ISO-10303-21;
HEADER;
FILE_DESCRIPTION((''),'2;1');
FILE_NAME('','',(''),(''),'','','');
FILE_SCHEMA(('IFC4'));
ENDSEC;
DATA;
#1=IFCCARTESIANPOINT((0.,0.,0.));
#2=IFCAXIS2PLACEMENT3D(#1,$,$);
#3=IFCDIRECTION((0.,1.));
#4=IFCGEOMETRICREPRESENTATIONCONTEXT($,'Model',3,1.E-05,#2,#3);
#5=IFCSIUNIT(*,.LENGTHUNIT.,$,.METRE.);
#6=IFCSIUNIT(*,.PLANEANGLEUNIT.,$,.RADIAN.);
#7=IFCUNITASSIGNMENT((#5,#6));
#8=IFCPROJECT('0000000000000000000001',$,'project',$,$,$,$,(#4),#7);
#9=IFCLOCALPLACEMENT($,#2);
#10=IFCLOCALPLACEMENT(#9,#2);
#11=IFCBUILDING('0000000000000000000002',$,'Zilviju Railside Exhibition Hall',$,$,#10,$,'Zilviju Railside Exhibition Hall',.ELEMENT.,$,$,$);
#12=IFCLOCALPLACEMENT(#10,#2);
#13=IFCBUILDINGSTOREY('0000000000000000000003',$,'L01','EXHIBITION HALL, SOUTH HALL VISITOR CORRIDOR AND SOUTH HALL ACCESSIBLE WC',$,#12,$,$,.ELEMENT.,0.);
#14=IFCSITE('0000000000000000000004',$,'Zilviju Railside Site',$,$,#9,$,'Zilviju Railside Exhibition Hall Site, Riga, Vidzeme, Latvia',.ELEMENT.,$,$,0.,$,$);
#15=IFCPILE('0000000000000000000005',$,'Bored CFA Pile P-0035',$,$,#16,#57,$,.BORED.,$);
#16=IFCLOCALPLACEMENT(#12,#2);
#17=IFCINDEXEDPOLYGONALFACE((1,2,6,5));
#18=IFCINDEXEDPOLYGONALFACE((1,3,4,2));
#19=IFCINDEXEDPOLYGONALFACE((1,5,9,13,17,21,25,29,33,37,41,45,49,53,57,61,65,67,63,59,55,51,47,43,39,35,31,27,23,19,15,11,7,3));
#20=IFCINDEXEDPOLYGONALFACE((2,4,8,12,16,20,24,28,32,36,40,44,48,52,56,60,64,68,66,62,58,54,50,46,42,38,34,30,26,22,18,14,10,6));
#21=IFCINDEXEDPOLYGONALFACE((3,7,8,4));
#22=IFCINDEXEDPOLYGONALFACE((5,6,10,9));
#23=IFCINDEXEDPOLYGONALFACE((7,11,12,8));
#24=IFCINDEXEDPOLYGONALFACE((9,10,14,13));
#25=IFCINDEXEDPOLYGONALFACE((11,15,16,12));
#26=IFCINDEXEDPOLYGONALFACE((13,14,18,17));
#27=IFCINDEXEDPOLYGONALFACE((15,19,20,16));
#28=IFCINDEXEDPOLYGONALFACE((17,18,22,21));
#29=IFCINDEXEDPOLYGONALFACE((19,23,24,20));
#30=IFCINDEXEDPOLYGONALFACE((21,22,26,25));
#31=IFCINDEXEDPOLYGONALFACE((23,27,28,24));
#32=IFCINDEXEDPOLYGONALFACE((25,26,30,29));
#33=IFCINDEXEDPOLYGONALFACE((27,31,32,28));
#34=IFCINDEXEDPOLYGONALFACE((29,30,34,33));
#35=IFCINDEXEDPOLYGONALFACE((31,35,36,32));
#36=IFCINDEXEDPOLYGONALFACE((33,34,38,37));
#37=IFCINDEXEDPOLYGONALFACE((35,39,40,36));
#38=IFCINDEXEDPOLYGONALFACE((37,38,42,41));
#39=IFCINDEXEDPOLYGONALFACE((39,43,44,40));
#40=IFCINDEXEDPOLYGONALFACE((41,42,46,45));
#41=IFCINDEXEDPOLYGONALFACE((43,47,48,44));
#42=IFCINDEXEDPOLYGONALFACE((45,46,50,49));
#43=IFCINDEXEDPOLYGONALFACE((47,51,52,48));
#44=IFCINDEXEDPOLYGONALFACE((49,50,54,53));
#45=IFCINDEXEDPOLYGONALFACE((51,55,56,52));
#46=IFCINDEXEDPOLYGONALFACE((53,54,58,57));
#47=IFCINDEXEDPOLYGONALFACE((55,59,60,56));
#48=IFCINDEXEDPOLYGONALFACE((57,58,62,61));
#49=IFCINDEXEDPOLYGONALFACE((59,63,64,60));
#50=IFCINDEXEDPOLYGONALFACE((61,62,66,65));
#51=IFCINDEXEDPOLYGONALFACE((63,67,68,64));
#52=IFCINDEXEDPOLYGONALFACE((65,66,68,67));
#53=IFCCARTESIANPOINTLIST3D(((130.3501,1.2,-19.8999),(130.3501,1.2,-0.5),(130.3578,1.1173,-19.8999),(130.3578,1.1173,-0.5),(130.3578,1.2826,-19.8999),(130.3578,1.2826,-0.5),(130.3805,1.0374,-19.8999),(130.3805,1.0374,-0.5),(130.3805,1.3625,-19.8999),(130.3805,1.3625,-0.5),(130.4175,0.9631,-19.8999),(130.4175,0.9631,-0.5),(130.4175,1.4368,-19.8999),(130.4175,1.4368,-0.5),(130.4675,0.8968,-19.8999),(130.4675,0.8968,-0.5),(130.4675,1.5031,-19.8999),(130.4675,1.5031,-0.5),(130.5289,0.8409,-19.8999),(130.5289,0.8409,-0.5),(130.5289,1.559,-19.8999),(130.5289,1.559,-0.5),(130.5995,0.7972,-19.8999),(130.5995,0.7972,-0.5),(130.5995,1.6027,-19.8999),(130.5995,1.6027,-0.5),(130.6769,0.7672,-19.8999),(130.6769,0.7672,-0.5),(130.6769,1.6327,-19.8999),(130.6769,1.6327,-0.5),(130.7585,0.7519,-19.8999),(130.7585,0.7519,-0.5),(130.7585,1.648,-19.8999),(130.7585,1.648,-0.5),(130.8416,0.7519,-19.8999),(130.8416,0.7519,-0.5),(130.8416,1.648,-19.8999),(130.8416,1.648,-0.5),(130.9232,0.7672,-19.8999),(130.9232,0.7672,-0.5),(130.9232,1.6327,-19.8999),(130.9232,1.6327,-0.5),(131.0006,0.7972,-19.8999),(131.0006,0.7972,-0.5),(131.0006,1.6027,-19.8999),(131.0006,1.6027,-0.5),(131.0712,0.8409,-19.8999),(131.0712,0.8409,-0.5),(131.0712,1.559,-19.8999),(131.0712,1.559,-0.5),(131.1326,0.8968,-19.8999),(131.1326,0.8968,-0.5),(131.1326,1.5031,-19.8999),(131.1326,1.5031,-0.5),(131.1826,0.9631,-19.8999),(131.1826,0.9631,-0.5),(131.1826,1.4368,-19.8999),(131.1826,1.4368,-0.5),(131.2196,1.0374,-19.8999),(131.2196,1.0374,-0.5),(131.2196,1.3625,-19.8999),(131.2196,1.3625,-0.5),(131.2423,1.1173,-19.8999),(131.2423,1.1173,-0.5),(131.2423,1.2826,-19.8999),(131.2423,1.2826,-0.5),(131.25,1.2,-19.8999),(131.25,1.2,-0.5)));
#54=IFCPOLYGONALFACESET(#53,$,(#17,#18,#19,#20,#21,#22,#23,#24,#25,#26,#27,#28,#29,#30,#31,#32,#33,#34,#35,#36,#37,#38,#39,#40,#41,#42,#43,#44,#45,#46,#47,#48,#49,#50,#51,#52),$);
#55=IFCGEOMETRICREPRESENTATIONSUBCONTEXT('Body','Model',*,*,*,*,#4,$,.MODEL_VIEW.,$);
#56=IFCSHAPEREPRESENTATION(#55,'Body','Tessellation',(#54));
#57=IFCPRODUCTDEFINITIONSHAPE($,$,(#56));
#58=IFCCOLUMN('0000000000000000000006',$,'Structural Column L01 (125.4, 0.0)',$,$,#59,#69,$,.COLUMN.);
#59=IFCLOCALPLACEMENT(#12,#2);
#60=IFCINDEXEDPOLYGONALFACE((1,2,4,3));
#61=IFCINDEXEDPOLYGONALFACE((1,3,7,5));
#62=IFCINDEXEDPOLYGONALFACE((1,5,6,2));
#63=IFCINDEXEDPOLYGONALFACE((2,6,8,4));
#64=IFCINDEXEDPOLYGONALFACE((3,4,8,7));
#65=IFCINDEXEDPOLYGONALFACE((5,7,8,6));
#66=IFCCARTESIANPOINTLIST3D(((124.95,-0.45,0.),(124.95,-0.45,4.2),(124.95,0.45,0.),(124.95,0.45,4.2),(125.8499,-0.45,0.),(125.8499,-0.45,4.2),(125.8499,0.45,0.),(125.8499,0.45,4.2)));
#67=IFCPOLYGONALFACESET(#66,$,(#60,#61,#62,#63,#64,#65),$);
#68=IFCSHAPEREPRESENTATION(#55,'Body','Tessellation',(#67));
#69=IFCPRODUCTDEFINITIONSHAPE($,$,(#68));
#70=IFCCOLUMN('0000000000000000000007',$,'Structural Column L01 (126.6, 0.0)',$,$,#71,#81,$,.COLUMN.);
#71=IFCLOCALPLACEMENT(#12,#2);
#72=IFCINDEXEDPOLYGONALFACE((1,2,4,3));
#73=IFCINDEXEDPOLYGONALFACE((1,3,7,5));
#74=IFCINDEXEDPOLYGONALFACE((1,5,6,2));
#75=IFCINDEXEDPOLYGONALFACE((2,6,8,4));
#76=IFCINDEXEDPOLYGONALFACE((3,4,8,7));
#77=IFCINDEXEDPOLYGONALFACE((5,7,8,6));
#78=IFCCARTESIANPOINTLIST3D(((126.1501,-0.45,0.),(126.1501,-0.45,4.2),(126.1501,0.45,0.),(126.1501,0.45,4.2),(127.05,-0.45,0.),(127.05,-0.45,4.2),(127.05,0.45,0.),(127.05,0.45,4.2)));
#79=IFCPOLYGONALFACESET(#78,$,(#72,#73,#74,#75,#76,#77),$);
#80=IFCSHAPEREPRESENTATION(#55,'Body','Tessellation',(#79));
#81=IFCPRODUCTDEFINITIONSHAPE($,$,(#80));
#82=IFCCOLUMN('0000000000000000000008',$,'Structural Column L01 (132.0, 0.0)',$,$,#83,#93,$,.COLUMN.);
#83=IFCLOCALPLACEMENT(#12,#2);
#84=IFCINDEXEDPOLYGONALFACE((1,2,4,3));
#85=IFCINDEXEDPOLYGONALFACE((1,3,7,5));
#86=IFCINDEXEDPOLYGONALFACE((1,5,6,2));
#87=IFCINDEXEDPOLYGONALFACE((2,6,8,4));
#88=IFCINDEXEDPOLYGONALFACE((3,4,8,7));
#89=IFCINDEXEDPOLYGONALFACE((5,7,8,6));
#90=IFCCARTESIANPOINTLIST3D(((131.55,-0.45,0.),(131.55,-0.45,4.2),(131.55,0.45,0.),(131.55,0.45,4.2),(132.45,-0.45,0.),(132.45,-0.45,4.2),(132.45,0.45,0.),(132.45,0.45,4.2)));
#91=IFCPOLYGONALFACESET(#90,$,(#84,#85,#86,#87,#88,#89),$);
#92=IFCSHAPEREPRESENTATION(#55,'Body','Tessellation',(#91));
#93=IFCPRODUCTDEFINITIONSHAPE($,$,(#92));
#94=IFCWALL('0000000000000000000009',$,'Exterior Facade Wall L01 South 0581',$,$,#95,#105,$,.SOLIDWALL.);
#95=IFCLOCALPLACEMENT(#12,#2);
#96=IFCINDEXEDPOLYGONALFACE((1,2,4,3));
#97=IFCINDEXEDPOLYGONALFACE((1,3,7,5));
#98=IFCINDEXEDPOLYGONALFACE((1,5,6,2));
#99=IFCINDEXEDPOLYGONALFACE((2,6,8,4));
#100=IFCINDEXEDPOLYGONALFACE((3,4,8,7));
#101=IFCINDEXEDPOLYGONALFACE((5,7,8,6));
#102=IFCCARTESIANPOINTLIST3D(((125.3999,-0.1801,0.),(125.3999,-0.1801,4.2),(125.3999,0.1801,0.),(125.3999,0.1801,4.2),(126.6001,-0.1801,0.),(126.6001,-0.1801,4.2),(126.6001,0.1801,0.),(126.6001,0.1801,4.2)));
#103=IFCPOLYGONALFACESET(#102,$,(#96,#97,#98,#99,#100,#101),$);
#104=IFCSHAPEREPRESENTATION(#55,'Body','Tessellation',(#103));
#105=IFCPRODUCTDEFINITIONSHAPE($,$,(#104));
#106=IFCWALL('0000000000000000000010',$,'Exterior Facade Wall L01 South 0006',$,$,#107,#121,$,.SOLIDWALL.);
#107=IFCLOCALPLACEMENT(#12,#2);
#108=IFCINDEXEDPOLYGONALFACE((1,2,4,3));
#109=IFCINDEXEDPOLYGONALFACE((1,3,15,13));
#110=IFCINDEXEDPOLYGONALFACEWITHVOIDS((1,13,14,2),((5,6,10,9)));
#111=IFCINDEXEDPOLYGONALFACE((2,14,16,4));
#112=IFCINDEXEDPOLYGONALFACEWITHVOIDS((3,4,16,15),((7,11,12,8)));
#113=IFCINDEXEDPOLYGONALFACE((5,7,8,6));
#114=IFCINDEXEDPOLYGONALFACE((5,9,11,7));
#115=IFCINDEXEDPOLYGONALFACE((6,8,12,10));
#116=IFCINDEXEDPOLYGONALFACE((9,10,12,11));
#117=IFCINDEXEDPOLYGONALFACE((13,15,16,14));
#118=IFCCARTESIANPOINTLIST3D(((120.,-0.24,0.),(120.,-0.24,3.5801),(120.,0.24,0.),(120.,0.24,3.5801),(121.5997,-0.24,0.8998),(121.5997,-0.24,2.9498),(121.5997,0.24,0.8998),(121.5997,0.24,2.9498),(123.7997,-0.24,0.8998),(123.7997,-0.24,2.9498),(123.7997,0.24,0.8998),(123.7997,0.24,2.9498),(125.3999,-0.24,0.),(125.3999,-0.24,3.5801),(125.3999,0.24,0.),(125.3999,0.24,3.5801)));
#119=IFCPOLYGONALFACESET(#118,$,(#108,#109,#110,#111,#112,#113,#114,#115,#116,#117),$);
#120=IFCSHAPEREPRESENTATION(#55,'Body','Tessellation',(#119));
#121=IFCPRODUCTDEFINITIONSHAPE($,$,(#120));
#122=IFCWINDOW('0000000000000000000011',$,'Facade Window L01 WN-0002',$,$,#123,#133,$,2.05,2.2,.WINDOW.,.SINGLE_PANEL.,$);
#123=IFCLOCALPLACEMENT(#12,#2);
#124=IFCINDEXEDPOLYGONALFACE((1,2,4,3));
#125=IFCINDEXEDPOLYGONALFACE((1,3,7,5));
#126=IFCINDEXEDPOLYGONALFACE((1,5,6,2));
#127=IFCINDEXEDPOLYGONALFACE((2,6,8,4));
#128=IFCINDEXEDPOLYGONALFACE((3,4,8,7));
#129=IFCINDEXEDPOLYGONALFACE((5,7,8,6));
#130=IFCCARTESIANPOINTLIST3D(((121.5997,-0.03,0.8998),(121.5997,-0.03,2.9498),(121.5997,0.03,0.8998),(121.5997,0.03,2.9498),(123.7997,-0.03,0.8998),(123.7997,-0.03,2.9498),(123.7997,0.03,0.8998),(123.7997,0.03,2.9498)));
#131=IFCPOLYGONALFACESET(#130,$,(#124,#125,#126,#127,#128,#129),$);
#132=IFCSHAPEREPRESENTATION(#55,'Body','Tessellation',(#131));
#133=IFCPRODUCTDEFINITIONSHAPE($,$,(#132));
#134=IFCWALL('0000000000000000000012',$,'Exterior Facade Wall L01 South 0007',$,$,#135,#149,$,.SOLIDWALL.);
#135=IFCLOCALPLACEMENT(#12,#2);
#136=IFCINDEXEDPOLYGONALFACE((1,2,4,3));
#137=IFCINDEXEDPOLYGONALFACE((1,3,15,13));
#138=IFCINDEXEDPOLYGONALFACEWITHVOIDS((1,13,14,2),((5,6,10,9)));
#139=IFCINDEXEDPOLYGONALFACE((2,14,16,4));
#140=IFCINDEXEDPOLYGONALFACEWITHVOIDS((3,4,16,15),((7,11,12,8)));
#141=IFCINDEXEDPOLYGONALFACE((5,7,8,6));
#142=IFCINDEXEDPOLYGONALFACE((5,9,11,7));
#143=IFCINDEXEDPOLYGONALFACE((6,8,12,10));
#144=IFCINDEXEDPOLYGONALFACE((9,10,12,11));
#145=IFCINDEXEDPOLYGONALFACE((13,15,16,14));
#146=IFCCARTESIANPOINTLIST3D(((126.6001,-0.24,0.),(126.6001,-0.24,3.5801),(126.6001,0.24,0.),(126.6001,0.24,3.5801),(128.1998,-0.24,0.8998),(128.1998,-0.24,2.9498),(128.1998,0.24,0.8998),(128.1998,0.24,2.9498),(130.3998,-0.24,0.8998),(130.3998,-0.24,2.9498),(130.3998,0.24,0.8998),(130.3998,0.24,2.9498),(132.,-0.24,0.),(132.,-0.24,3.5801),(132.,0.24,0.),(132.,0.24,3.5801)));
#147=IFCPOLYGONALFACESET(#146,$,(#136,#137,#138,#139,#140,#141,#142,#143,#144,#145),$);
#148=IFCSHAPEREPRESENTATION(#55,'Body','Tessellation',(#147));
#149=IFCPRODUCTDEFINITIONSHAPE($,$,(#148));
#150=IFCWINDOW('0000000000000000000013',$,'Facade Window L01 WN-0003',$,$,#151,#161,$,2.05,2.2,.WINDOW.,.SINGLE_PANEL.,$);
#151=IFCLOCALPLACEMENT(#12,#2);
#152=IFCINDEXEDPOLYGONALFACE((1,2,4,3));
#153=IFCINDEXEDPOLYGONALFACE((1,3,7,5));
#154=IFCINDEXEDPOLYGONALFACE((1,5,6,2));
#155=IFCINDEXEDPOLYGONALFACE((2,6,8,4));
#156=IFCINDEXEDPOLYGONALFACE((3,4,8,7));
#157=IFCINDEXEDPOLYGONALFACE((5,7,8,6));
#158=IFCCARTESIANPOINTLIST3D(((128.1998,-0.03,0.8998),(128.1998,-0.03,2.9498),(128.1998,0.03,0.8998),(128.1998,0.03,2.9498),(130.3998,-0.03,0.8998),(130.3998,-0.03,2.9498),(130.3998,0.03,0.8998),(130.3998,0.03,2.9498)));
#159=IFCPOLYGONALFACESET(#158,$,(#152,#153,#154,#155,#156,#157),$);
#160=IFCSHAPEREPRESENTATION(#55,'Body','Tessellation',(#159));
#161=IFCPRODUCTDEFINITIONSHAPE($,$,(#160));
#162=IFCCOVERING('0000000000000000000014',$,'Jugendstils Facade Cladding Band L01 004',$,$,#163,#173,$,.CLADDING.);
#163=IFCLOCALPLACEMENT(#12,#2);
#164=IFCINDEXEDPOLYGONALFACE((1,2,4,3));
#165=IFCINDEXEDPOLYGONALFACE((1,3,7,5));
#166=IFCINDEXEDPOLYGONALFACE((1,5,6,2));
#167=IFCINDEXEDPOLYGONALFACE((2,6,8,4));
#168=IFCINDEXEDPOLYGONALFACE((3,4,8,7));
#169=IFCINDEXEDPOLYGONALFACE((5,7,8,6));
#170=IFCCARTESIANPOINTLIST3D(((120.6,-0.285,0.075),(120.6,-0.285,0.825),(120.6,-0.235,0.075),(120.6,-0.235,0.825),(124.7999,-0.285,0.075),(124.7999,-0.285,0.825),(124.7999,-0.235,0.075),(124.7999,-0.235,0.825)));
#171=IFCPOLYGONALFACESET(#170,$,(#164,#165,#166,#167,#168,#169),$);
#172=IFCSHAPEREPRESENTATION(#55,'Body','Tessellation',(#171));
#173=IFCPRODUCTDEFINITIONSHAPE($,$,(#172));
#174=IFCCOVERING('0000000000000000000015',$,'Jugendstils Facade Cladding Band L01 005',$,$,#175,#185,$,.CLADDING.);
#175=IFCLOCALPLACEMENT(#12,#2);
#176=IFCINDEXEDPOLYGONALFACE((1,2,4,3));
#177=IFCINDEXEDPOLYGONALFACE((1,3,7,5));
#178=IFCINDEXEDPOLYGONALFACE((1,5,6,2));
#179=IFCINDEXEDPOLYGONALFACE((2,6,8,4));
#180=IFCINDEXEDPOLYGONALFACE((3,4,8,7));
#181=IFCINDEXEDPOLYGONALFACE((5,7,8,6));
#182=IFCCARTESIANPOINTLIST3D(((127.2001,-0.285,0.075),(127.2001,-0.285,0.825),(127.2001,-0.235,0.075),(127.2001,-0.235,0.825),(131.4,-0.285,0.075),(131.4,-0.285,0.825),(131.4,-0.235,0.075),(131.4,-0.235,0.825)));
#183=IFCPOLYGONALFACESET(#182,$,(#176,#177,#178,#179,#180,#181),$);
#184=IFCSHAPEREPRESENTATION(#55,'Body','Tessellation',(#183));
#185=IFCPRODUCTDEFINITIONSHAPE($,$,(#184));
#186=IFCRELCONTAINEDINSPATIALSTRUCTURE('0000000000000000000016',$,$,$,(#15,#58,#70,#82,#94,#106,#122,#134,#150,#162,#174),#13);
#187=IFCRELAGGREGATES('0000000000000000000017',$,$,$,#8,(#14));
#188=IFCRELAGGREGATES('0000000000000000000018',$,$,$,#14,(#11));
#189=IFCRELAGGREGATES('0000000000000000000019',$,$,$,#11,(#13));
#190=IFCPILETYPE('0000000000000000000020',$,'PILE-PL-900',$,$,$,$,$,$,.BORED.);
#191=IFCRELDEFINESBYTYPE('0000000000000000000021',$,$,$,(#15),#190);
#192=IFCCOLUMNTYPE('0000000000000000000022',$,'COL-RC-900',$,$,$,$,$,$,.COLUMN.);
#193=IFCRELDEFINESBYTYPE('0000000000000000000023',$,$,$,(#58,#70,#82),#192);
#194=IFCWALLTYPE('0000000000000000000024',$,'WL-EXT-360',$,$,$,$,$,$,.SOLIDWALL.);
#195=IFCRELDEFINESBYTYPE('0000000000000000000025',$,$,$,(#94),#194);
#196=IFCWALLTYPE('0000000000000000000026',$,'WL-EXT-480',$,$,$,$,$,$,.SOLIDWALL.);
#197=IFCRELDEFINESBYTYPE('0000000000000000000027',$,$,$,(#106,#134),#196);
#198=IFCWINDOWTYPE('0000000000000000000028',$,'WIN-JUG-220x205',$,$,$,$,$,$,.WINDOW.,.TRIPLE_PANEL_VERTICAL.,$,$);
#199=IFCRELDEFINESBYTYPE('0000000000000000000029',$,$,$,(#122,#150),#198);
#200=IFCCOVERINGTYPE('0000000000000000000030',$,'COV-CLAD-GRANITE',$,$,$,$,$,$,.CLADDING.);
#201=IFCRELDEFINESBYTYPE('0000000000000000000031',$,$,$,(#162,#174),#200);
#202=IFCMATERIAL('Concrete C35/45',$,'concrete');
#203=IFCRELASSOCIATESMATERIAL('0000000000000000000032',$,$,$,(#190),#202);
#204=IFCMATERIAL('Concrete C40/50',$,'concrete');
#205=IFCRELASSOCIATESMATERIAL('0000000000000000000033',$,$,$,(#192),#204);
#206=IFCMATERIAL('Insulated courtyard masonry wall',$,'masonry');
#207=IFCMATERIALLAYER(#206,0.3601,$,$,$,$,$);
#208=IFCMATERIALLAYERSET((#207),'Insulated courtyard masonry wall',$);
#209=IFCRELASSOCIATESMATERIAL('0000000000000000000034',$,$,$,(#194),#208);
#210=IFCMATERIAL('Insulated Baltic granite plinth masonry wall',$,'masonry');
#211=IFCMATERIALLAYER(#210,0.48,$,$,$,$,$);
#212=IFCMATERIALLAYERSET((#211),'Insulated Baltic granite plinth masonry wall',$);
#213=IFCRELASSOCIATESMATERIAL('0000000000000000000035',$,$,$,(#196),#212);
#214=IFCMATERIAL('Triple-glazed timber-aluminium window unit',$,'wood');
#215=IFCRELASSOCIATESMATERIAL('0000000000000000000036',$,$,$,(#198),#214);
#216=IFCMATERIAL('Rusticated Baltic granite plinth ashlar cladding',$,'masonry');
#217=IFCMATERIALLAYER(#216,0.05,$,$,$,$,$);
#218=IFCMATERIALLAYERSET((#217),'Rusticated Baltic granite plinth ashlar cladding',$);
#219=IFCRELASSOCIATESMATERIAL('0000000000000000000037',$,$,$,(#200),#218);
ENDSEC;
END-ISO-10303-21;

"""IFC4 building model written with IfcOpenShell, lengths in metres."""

from ifc_helpers import new_model, si_unit, direction, frame, frame_2d, origin, origin_2d, place, context, subcontext, project, spatial, rectangle, circle, extrude, material, layer, layer_set, material_profile, profile_set, type_object, element, fill, save


model = new_model("IFC4")

# Units and contexts
model_context = context("Model", 3, precision=1e-05, world=origin(), true_north=direction((0.0, 1.0)))
body_context = subcontext(model_context, "Body", "Model", "MODEL_VIEW")
ifc_project = project(units=[si_unit("LENGTHUNIT", "METRE"), si_unit("PLANEANGLEUNIT", "RADIAN")], contexts=[model_context])

# Site, building, storey
site_placement = place(None, origin())
site = spatial("IfcSite", under=ifc_project, at=site_placement, Name="Zilviju Railside Site", LongName="Zilviju Railside Exhibition Hall Site, Riga, Vidzeme, Latvia", CompositionType="ELEMENT", RefElevation=0.0)
building_placement = place(site_placement, origin())
building = spatial("IfcBuilding", under=site, at=building_placement, Name="Zilviju Railside Exhibition Hall", LongName="Zilviju Railside Exhibition Hall", CompositionType="ELEMENT")
storey_placement = place(building_placement, origin())
storey = spatial("IfcBuildingStorey", under=building, at=storey_placement, Name="L01", Description="EXHIBITION HALL, SOUTH HALL VISITOR CORRIDOR AND SOUTH HALL ACCESSIBLE WC", CompositionType="ELEMENT", Elevation=0.0)

# Shared definitions
ifc_material_1 = material(Name="Concrete C35/45", Category="concrete")

# Pile
ifc_material_profile_1 = material_profile(ifc_material_1, circle(Radius=0.45, at=origin_2d()), Name="CFA PILE D900")
ifc_profile_set_1 = profile_set([ifc_material_profile_1], Name="Concrete C35/45")
pile_type_1 = type_object("IfcPileType", Name="PILE-PL-900", PredefinedType="BORED", material=ifc_profile_set_1)
for number, where, z_axis, x_axis, name in (
    (1, (130.8, 1.2, -0.5), (0.0, 0.0, -1.0), (1.0, 0.0, 0.0), "Bored CFA Pile P-0035"),
):
    element("IfcPile", number, at=place(storey_placement, frame(where, z_axis=z_axis, x_axis=x_axis)), inside=storey, type_object=pile_type_1, Name=name, PredefinedType="BORED", context=body_context, shape_type="SweptSolid", body=[
        extrude(circle(Radius=0.45, at=origin_2d()), origin(), (0.0, 0.0, 1.0), 19.3999),
    ])

# Columns
ifc_material_2 = material(Name="Concrete C40/50", Category="concrete")
ifc_material_profile_2 = material_profile(ifc_material_2, rectangle(XDim=0.8999, YDim=0.8999, at=origin_2d()), Name="RC COL 900x900")
ifc_profile_set_2 = profile_set([ifc_material_profile_2], Name="Concrete C40/50")
column_type = type_object("IfcColumnType", Name="COL-RC-900", PredefinedType="COLUMN", material=ifc_profile_set_2)
for number, where, z_axis, x_axis, name in (
    (2, (125.3999, 0.0, 0.0), (0.0, 0.0, 1.0), (1.0, 0.0, 0.0), "Structural Column L01 (125.4, 0.0)"),
    (3, (126.6001, 0.0, 0.0), (0.0, 0.0, 1.0), (1.0, 0.0, 0.0), "Structural Column L01 (126.6, 0.0)"),
    (4, (132.0, 0.0, 0.0), (0.0, 0.0, 1.0), (1.0, 0.0, 0.0), "Structural Column L01 (132.0, 0.0)"),
):
    element("IfcColumn", number, at=place(storey_placement, frame(where, z_axis=z_axis, x_axis=x_axis)), inside=storey, type_object=column_type, Name=name, PredefinedType="COLUMN", context=body_context, shape_type="SweptSolid", body=[
        extrude(rectangle(XDim=0.8999, YDim=0.8999, at=origin_2d()), origin(), (0.0, 0.0, 1.0), 4.2),
    ])

# Wall
ifc_material_3 = material(Name="Insulated courtyard masonry wall", Category="masonry")
ifc_layer_1 = layer(ifc_material_3, 0.3601)
ifc_layer_set_1 = layer_set([ifc_layer_1], Name="Insulated courtyard masonry wall")
wall_type_1 = type_object("IfcWallType", Name="WL-EXT-360", PredefinedType="SOLIDWALL", material=ifc_layer_set_1)
wall_1_placement = place(storey_placement, frame((126.6001, 0.0, 0.0), z_axis=(0.0, 0.0, 1.0), x_axis=(-1.0, 0.0, 0.0)))
element("IfcWall", 5, at=wall_1_placement, inside=storey, type_object=wall_type_1, Name="Exterior Facade Wall L01 South 0581", PredefinedType="SOLIDWALL", context=body_context, shape_type="SweptSolid", body=[
    extrude(rectangle(XDim=1.2002, YDim=0.3601, at=frame_2d((0.6001, 0.0))), origin(), (0.0, 0.0, 1.0), 4.2),
])

# Walls, openings, windows
ifc_material_4 = material(Name="Insulated Baltic granite plinth masonry wall", Category="masonry")
ifc_layer_2 = layer(ifc_material_4, 0.48)
ifc_layer_set_2 = layer_set([ifc_layer_2], Name="Insulated Baltic granite plinth masonry wall")
wall_type_2 = type_object("IfcWallType", Name="WL-EXT-480", PredefinedType="SOLIDWALL", material=ifc_layer_set_2)
wall_2_placement = place(storey_placement, frame((125.3999, 0.0, 0.0), z_axis=(0.0, 0.0, 1.0), x_axis=(-1.0, 0.0, 0.0)))
wall_2 = element("IfcWall", 6, at=wall_2_placement, inside=storey, type_object=wall_type_2, Name="Exterior Facade Wall L01 South 0006", PredefinedType="SOLIDWALL", context=body_context, shape_type="SweptSolid", body=[
    extrude(rectangle(XDim=5.3999, YDim=0.48, at=frame_2d((2.7, 0.0))), origin(), (0.0, 0.0, 1.0), 3.5801),
])
opening_1_placement = place(wall_2_placement, frame((1.6001, 0.0, 0.8999)))
opening_1 = element("IfcOpeningElement", 7, at=opening_1_placement, cuts=wall_2, PredefinedType="OPENING", context=body_context, shape_type="SweptSolid", body=[
    extrude(rectangle(XDim=2.2, YDim=2.05, at=frame_2d((1.1001, 1.0249))), frame((0.0, 0.25, 0.0), z_axis=(0.0, -1.0, 0.0), x_axis=(1.0, 0.0, 0.0)), (0.0, 0.0, 1.0), 0.5),
])
ifc_material_5 = material(Name="Triple-glazed timber-aluminium window unit", Category="wood")
window_type = type_object("IfcWindowType", Name="WIN-JUG-220x205", PartitioningType="TRIPLE_PANEL_VERTICAL", PredefinedType="WINDOW", material=ifc_material_5)
window_1_placement = place(opening_1_placement, origin())
window_1 = element("IfcWindow", 8, at=window_1_placement, inside=storey, type_object=window_type, Name="Facade Window L01 WN-0002", OverallHeight=2.05, OverallWidth=2.2, PartitioningType="SINGLE_PANEL", PredefinedType="WINDOW", context=body_context, shape_type="SweptSolid", body=[
    extrude(rectangle(XDim=2.2, YDim=2.05, at=frame_2d((1.1001, 1.0249))), frame((0.0, 0.03, 0.0), z_axis=(0.0, -1.0, 0.0), x_axis=(1.0, 0.0, 0.0)), (0.0, 0.0, 1.0), 0.0601),
])
fill(opening_1, window_1)
wall_3_placement = place(storey_placement, frame((132.0, 0.0, 0.0), z_axis=(0.0, 0.0, 1.0), x_axis=(-1.0, 0.0, 0.0)))
wall_3 = element("IfcWall", 9, at=wall_3_placement, inside=storey, type_object=wall_type_2, Name="Exterior Facade Wall L01 South 0007", PredefinedType="SOLIDWALL", context=body_context, shape_type="SweptSolid", body=[
    extrude(rectangle(XDim=5.3999, YDim=0.48, at=frame_2d((2.7, 0.0))), origin(), (0.0, 0.0, 1.0), 3.5801),
])
opening_2_placement = place(wall_3_placement, frame((1.6001, 0.0, 0.8999)))
opening_2 = element("IfcOpeningElement", 10, at=opening_2_placement, cuts=wall_3, PredefinedType="OPENING", context=body_context, shape_type="SweptSolid", body=[
    extrude(rectangle(XDim=2.2, YDim=2.05, at=frame_2d((1.1001, 1.0249))), frame((0.0, 0.25, 0.0), z_axis=(0.0, -1.0, 0.0), x_axis=(1.0, 0.0, 0.0)), (0.0, 0.0, 1.0), 0.5),
])
window_2_placement = place(opening_2_placement, origin())
window_2 = element("IfcWindow", 11, at=window_2_placement, inside=storey, type_object=window_type, Name="Facade Window L01 WN-0003", OverallHeight=2.05, OverallWidth=2.2, PartitioningType="SINGLE_PANEL", PredefinedType="WINDOW", context=body_context, shape_type="SweptSolid", body=[
    extrude(rectangle(XDim=2.2, YDim=2.05, at=frame_2d((1.1001, 1.0249))), frame((0.0, 0.03, 0.0), z_axis=(0.0, -1.0, 0.0), x_axis=(1.0, 0.0, 0.0)), (0.0, 0.0, 1.0), 0.0601),
])
fill(opening_2, window_2)

# Coverings
ifc_material_6 = material(Name="Rusticated Baltic granite plinth ashlar cladding", Category="masonry")
ifc_layer_3 = layer(ifc_material_6, 0.05)
ifc_layer_set_3 = layer_set([ifc_layer_3], Name="Rusticated Baltic granite plinth ashlar cladding")
covering_type = type_object("IfcCoveringType", Name="COV-CLAD-GRANITE", PredefinedType="CLADDING", material=ifc_layer_set_3)
for number, where, z_axis, x_axis, name in (
    (12, (122.7, -0.26, 0.075), (0.0, 0.0, 1.0), (-1.0, 0.0, 0.0), "Jugendstils Facade Cladding Band L01 004"),
    (13, (129.3, -0.26, 0.075), (0.0, 0.0, 1.0), (-1.0, 0.0, 0.0), "Jugendstils Facade Cladding Band L01 005"),
):
    element("IfcCovering", number, at=place(storey_placement, frame(where, z_axis=z_axis, x_axis=x_axis)), inside=storey, type_object=covering_type, Name=name, PredefinedType="CLADDING", context=body_context, shape_type="SweptSolid", body=[
        extrude(rectangle(XDim=4.2, YDim=0.05, at=origin_2d()), origin(), (0.0, 0.0, 1.0), 0.75),
    ])

save(model, "model.ifc")
